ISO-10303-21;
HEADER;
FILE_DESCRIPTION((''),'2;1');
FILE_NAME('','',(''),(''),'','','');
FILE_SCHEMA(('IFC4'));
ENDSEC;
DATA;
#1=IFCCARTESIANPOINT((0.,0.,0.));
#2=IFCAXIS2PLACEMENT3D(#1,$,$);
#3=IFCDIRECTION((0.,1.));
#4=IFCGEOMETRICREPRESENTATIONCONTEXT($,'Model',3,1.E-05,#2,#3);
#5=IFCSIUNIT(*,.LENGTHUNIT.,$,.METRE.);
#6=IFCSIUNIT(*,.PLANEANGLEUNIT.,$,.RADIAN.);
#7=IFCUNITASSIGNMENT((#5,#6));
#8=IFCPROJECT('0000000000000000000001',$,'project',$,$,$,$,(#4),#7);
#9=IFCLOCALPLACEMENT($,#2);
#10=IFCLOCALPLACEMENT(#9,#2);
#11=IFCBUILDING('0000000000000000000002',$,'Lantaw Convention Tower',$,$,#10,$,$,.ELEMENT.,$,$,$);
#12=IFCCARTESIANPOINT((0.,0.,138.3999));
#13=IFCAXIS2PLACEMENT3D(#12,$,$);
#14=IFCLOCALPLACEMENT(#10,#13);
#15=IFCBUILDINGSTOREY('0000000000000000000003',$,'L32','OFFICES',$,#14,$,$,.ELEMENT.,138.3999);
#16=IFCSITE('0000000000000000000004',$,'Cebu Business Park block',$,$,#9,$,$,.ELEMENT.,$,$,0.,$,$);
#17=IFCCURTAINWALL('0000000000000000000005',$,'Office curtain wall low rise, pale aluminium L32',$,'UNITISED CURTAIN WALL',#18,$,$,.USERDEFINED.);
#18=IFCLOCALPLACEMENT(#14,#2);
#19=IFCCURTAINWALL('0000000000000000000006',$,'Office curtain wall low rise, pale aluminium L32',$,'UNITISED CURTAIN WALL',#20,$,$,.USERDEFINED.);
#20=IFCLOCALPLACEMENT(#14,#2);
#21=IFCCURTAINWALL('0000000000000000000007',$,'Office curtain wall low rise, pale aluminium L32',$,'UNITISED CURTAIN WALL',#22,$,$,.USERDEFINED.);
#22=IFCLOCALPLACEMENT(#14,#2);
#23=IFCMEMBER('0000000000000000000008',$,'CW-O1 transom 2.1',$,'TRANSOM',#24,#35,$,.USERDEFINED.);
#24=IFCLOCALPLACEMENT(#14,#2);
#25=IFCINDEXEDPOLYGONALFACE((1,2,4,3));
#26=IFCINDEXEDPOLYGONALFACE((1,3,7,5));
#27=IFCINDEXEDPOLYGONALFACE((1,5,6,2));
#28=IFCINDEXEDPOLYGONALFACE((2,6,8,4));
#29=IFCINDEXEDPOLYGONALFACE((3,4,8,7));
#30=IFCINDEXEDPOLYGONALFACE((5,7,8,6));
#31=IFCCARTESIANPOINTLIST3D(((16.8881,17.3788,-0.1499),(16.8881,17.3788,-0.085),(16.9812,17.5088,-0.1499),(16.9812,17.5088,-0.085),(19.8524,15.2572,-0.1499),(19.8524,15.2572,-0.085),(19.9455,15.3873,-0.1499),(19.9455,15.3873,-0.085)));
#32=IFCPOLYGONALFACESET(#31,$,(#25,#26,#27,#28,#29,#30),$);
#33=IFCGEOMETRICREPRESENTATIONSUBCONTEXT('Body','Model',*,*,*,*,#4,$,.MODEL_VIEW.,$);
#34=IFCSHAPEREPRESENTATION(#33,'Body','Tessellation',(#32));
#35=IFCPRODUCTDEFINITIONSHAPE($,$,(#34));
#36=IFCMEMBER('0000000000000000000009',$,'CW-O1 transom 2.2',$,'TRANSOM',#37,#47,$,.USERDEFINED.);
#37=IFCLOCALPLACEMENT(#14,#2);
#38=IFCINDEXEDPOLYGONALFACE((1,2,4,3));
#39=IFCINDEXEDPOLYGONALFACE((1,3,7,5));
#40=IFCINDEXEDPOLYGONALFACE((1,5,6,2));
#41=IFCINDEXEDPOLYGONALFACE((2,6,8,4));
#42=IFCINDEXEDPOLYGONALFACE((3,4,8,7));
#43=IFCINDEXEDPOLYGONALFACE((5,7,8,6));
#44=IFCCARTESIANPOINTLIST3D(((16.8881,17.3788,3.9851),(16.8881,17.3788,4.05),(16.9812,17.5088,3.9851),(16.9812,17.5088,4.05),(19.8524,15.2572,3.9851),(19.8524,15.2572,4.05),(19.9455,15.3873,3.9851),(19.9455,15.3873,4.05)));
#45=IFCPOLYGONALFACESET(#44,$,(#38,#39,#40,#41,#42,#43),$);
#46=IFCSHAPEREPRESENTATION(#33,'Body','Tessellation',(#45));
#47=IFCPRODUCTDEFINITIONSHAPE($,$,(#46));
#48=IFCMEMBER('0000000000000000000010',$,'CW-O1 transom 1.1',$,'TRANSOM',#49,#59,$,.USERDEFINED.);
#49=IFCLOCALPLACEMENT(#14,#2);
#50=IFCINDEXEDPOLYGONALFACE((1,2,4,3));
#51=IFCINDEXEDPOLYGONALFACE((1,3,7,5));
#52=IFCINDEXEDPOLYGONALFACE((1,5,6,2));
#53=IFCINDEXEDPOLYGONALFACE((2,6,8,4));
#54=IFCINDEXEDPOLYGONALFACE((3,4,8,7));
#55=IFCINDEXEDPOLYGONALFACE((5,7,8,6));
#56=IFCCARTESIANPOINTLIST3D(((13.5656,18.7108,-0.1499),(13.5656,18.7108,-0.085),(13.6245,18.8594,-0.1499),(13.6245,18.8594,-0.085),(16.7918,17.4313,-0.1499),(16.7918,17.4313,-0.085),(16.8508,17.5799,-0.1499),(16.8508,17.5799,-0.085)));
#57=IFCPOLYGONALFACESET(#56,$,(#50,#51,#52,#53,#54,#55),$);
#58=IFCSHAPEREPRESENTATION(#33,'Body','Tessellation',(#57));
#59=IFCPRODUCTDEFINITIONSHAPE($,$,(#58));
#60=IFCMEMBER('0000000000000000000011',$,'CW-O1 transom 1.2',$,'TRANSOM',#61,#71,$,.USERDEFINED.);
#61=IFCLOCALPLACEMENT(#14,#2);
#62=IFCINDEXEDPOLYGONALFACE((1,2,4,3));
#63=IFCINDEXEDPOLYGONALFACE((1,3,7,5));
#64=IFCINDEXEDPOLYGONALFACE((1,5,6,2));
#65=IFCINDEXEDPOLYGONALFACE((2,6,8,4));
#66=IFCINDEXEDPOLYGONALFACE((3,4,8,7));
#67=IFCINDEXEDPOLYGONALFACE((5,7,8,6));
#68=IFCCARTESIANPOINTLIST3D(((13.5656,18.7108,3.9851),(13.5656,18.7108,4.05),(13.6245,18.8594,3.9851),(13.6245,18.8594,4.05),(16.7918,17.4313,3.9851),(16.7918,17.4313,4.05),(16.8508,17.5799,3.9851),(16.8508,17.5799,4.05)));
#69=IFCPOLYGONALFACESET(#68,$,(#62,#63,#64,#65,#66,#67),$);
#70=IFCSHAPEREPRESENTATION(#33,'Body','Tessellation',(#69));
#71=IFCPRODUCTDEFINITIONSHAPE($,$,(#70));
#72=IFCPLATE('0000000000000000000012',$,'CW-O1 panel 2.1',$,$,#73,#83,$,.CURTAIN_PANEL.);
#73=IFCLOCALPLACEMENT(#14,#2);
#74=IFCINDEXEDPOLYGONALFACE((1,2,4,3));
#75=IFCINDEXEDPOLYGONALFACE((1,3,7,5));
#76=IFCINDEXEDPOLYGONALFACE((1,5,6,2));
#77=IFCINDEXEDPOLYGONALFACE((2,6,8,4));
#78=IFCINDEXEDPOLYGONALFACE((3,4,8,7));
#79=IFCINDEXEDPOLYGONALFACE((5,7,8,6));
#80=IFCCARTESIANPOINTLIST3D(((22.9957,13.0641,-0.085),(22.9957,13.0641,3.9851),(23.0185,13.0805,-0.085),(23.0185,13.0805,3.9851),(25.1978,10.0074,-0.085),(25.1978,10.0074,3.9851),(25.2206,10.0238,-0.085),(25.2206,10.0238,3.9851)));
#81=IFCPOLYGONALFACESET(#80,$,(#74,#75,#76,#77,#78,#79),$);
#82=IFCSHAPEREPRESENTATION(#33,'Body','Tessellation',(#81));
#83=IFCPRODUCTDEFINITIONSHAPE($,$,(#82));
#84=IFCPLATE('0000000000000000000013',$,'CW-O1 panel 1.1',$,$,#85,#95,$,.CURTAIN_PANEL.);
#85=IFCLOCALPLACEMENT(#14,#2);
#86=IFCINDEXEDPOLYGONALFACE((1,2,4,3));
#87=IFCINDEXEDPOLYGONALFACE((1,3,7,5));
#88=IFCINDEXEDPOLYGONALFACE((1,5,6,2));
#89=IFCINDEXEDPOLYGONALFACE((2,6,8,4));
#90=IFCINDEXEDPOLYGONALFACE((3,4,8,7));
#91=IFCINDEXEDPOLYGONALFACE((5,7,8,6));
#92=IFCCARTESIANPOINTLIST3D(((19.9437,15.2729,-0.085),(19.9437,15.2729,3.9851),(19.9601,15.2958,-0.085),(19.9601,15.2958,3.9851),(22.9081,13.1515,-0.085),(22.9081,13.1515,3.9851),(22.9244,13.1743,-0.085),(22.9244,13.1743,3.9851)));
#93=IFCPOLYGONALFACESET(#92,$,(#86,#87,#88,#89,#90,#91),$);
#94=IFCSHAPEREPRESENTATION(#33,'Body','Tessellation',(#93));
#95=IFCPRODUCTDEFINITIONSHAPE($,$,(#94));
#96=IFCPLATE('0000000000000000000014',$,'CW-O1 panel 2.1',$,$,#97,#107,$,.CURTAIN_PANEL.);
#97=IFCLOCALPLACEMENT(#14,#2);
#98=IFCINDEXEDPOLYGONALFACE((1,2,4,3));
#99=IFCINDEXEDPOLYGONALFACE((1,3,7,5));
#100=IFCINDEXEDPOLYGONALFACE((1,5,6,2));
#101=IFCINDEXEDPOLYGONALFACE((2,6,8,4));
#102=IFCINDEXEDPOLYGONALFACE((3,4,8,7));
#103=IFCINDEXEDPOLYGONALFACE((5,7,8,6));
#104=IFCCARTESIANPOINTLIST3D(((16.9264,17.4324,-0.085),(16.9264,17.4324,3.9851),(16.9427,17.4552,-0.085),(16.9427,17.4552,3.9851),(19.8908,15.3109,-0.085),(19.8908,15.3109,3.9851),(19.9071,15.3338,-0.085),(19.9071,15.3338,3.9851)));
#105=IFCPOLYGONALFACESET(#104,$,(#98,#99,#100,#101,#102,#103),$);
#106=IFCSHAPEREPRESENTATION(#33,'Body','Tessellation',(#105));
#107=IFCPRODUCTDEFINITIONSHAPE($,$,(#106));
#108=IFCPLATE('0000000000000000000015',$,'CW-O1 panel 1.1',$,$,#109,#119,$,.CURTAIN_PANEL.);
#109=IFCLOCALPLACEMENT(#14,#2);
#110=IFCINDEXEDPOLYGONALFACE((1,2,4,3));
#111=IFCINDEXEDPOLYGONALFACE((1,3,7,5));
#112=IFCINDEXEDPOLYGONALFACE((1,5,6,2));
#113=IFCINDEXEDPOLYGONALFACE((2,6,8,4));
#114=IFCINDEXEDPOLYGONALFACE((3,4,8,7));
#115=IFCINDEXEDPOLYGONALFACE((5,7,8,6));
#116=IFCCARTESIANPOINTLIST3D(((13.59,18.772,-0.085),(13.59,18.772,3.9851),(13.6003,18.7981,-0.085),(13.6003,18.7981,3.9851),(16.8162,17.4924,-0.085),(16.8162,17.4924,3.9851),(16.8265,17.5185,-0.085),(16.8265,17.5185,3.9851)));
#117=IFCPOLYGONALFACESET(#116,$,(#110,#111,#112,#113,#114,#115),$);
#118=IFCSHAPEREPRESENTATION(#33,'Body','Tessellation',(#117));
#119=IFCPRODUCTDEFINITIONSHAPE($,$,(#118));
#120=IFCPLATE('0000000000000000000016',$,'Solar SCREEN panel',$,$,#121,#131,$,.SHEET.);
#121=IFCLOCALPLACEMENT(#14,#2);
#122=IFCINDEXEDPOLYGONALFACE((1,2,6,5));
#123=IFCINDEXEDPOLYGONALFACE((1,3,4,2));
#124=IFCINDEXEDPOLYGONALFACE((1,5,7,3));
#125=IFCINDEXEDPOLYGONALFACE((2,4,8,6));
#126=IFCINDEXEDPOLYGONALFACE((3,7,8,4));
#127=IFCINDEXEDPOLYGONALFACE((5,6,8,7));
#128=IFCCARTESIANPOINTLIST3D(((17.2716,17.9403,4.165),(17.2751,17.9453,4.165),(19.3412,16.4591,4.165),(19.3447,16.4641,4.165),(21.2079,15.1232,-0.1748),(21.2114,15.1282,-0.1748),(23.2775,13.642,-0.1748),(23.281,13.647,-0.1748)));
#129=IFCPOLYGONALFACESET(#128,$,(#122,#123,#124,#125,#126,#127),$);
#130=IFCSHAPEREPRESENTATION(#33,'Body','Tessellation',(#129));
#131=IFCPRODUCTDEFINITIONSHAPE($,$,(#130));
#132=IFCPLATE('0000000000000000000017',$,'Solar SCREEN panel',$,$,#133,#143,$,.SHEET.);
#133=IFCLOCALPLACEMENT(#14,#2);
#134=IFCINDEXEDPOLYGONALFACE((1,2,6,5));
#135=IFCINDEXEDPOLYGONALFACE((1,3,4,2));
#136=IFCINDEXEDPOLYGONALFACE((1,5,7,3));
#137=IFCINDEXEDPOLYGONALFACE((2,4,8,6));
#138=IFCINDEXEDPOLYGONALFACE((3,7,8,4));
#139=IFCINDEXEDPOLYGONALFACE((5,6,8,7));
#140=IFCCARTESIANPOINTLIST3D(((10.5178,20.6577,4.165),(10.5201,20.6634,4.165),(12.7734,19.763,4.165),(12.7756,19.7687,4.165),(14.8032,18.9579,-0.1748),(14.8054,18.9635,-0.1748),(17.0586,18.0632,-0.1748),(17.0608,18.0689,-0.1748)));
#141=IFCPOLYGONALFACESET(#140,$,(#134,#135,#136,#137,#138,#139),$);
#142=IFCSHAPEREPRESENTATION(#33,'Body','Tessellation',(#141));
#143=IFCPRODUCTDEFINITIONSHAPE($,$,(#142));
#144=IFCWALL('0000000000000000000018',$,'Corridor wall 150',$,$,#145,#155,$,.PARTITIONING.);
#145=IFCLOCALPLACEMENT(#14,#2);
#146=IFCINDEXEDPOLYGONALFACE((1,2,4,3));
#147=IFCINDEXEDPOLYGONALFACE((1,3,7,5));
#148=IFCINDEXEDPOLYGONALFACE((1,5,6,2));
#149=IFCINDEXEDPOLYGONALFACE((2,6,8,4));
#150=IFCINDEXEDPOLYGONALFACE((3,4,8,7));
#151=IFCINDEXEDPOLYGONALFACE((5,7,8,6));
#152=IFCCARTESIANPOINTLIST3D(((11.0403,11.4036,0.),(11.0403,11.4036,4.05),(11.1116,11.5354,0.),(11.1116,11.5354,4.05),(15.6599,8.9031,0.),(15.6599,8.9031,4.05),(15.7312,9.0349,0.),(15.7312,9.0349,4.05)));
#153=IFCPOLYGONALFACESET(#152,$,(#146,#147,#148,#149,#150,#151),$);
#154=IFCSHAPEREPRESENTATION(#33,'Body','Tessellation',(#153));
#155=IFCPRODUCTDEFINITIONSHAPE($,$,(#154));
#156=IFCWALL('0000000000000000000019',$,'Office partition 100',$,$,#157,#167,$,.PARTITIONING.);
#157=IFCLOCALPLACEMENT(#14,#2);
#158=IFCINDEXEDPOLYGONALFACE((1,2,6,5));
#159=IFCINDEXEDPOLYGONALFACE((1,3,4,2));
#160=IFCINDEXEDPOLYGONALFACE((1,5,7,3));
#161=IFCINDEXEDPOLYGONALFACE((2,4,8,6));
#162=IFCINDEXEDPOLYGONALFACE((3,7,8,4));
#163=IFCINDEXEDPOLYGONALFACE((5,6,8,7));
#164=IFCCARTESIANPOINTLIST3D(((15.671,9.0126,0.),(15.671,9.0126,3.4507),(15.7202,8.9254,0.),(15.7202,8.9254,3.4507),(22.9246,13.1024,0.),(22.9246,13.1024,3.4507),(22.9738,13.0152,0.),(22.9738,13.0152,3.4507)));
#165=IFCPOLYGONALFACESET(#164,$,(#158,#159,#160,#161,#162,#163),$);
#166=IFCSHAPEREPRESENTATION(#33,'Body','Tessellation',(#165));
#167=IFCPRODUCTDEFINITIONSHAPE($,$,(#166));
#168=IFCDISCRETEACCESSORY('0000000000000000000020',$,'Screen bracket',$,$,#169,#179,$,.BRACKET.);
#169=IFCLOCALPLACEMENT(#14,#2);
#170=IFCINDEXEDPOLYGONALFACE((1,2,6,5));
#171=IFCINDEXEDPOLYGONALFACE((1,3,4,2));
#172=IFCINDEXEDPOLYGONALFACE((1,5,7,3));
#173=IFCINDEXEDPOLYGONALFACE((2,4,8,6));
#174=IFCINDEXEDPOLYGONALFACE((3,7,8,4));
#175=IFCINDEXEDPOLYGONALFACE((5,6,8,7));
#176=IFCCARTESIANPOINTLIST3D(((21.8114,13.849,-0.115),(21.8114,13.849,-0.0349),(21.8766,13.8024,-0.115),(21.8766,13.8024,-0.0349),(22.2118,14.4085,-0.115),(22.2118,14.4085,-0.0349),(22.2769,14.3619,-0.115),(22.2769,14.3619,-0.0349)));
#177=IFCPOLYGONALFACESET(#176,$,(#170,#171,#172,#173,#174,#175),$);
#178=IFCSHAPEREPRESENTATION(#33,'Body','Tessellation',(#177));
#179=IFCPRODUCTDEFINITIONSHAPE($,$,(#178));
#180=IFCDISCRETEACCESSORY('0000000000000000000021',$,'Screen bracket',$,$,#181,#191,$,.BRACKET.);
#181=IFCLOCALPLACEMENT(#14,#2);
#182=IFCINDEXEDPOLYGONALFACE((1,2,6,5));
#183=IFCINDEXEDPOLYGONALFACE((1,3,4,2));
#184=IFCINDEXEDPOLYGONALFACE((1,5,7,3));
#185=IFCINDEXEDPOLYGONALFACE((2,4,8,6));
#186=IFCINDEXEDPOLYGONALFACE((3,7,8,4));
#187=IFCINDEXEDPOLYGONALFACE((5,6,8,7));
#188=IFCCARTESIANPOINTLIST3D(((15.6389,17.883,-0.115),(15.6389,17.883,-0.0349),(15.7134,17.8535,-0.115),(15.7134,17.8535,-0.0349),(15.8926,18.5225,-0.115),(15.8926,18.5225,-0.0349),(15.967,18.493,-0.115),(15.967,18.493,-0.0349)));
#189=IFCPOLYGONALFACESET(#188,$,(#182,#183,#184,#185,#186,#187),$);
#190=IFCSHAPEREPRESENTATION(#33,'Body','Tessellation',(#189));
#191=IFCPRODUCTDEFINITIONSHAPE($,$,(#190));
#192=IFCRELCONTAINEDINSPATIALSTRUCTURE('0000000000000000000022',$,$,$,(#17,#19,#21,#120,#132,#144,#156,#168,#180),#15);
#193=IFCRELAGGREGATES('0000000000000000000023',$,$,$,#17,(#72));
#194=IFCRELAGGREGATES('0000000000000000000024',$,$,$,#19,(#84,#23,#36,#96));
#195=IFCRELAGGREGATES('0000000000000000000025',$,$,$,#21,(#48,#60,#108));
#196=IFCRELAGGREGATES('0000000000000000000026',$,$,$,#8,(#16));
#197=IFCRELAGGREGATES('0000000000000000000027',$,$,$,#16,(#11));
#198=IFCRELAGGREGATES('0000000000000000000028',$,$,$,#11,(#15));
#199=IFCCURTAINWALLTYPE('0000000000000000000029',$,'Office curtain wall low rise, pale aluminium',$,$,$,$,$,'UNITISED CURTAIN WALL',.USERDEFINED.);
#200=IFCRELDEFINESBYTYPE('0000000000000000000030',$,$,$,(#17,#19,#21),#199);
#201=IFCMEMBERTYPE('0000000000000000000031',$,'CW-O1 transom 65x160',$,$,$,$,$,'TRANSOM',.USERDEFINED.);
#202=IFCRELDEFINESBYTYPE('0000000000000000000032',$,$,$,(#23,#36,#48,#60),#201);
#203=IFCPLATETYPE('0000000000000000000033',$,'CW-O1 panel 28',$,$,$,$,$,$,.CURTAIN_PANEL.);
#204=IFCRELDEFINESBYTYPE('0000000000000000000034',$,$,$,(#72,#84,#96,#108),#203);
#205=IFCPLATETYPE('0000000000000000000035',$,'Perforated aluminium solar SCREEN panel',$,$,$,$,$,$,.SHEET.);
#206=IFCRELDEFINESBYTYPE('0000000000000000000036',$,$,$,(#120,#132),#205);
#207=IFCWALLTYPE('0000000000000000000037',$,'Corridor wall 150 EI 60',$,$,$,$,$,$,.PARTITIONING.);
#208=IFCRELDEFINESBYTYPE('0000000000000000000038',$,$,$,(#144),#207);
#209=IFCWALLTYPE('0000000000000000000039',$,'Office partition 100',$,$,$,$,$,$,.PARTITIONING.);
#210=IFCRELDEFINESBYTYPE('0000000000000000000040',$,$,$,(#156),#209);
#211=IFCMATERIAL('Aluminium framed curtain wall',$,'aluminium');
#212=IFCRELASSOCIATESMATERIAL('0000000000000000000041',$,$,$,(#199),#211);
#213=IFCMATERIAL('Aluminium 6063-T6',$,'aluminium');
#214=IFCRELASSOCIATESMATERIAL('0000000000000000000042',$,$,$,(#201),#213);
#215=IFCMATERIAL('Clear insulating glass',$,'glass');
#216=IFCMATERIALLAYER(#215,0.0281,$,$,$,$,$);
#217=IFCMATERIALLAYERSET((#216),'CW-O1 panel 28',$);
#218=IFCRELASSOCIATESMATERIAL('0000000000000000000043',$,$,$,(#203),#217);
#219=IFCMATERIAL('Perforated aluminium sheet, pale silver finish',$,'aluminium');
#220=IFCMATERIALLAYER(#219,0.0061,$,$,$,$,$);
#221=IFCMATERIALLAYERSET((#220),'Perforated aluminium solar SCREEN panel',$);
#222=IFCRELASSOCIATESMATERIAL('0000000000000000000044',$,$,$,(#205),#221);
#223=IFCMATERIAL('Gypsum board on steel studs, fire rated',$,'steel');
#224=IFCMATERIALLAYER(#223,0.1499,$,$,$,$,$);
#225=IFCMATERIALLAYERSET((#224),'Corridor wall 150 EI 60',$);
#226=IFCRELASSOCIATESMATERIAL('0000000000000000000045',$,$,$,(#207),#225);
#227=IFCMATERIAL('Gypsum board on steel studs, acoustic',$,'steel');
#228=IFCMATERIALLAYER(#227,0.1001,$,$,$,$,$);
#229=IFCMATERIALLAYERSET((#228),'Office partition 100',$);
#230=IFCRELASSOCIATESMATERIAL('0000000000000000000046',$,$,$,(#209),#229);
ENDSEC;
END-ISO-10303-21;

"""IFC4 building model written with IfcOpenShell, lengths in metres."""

from ifc_helpers import new_model, si_unit, direction, frame, frame_2d, origin, origin_2d, place, context, subcontext, project, spatial, polyline, rectangle, outline, extrude, material, layer, layer_set, material_profile, profile_set, type_object, element, aggregate, save


model = new_model("IFC4")

# Units and contexts
model_context = context("Model", 3, precision=1e-05, world=origin(), true_north=direction((0.0, 1.0)))
body_context = subcontext(model_context, "Body", "Model", "MODEL_VIEW")
ifc_project = project(units=[si_unit("LENGTHUNIT", "METRE"), si_unit("PLANEANGLEUNIT", "RADIAN")], contexts=[model_context])

# Site, building, storey
site_placement = place(None, origin())
site = spatial("IfcSite", under=ifc_project, at=site_placement, Name="Cebu Business Park block", CompositionType="ELEMENT", RefElevation=0.0)
building_placement = place(site_placement, origin())
building = spatial("IfcBuilding", under=site, at=building_placement, Name="Lantaw Convention Tower", CompositionType="ELEMENT")
storey_placement = place(building_placement, frame((0.0, 0.0, 138.3999)))
storey = spatial("IfcBuildingStorey", under=building, at=storey_placement, Name="L32", Description="OFFICES", CompositionType="ELEMENT", Elevation=138.3999)

# Curtain walls
ifc_material_1 = material(Name="Aluminium framed curtain wall", Category="aluminium")
curtain_wall_type = type_object("IfcCurtainWallType", Name="Office curtain wall low rise, pale aluminium", ElementType="UNITISED CURTAIN WALL", PredefinedType="USERDEFINED", material=ifc_material_1)
curtain_wall_1_placement = place(storey_placement, origin())
curtain_wall_1 = element("IfcCurtainWall", 1, at=curtain_wall_1_placement, inside=storey, type_object=curtain_wall_type, Name="Office curtain wall low rise, pale aluminium L32", ObjectType="UNITISED CURTAIN WALL", PredefinedType="USERDEFINED")
ifc_material_2 = material(Name="Aluminium 6063-T6", Category="aluminium")
curtain_wall_2_placement = place(storey_placement, origin())
curtain_wall_2 = element("IfcCurtainWall", 2, at=curtain_wall_2_placement, inside=storey, type_object=curtain_wall_type, Name="Office curtain wall low rise, pale aluminium L32", ObjectType="UNITISED CURTAIN WALL", PredefinedType="USERDEFINED")
curtain_wall_3_placement = place(storey_placement, origin())
curtain_wall_3 = element("IfcCurtainWall", 3, at=curtain_wall_3_placement, inside=storey, type_object=curtain_wall_type, Name="Office curtain wall low rise, pale aluminium L32", ObjectType="UNITISED CURTAIN WALL", PredefinedType="USERDEFINED")

# Members
ifc_material_profile_1 = material_profile(ifc_material_2, rectangle(XDim=0.1599, YDim=0.0649, at=origin_2d()), Name="CW-O1 transom 65x160")
ifc_profile_set_1 = profile_set([ifc_material_profile_1], Name="Aluminium 6063-T6")
member_type_1 = type_object("IfcMemberType", Name="CW-O1 transom 65x160", ElementType="TRANSOM", PredefinedType="USERDEFINED", material=ifc_profile_set_1)
member_1_placement = place(storey_placement, frame((19.8989, 15.3223, -0.1174), z_axis=(-0.81319, 0.581998, 0.0), x_axis=(-0.581998, -0.81319, 0.0)))
member_1 = element("IfcMember", 4, at=member_1_placement, type_object=member_type_1, Name="CW-O1 transom 2.1", ObjectType="TRANSOM", PredefinedType="USERDEFINED", context=body_context, shape_type="SweptSolid", body=[
    extrude(rectangle(XDim=0.1599, YDim=0.0649, at=origin_2d()), origin(), (0.0, 0.0, 1.0), 3.6453),
])
member_2_placement = place(storey_placement, frame((19.8989, 15.3223, 4.0176), z_axis=(-0.81319, 0.581998, 0.0), x_axis=(-0.581998, -0.81319, 0.0)))
member_2 = element("IfcMember", 5, at=member_2_placement, type_object=member_type_1, Name="CW-O1 transom 2.2", ObjectType="TRANSOM", PredefinedType="USERDEFINED", context=body_context, shape_type="SweptSolid", body=[
    extrude(rectangle(XDim=0.1599, YDim=0.0649, at=origin_2d()), origin(), (0.0, 0.0, 1.0), 3.6453),
])
member_3_placement = place(storey_placement, frame((16.8213, 17.5056, -0.1174), z_axis=(-0.929564, 0.36866, 0.0), x_axis=(-0.36866, -0.929564, 0.0)))
member_3 = element("IfcMember", 6, at=member_3_placement, type_object=member_type_1, Name="CW-O1 transom 1.1", ObjectType="TRANSOM", PredefinedType="USERDEFINED", context=body_context, shape_type="SweptSolid", body=[
    extrude(rectangle(XDim=0.1599, YDim=0.0649, at=origin_2d()), origin(), (0.0, 0.0, 1.0), 3.4707),
])
member_4_placement = place(storey_placement, frame((16.8213, 17.5056, 4.0176), z_axis=(-0.929564, 0.36866, 0.0), x_axis=(-0.36866, -0.929564, 0.0)))
member_4 = element("IfcMember", 7, at=member_4_placement, type_object=member_type_1, Name="CW-O1 transom 1.2", ObjectType="TRANSOM", PredefinedType="USERDEFINED", context=body_context, shape_type="SweptSolid", body=[
    extrude(rectangle(XDim=0.1599, YDim=0.0649, at=origin_2d()), origin(), (0.0, 0.0, 1.0), 3.4707),
])

# Plates
ifc_material_3 = material(Name="Clear insulating glass", Category="glass")
ifc_layer_1 = layer(ifc_material_3, 0.0281)
ifc_layer_set_1 = layer_set([ifc_layer_1], Name="CW-O1 panel 28")
plate_type_1 = type_object("IfcPlateType", Name="CW-O1 panel 28", PredefinedType="CURTAIN_PANEL", material=ifc_layer_set_1)
plate_1_placement = place(storey_placement, frame((24.1082, 11.5439, -0.085), z_axis=(0.0, 0.0, 1.0), x_axis=(-0.584513, 0.811385, 0.0)))
plate_1 = element("IfcPlate", 8, at=plate_1_placement, type_object=plate_type_1, Name="CW-O1 panel 2.1", PredefinedType="CURTAIN_PANEL", context=body_context, shape_type="SweptSolid", body=[
    extrude(rectangle(XDim=3.7673, YDim=0.0281, at=origin_2d()), origin(), (0.0, 0.0, 1.0), 4.0701),
])
aggregate(curtain_wall_1, [plate_1])
plate_2_placement = place(storey_placement, frame((21.4341, 14.2236, -0.085), z_axis=(0.0, 0.0, 1.0), x_axis=(-0.813208, 0.581973, 0.0)))
plate_2 = element("IfcPlate", 9, at=plate_2_placement, type_object=plate_type_1, Name="CW-O1 panel 1.1", PredefinedType="CURTAIN_PANEL", context=body_context, shape_type="SweptSolid", body=[
    extrude(rectangle(XDim=3.6453, YDim=0.0281, at=origin_2d()), origin(), (0.0, 0.0, 1.0), 4.0701),
])
plate_3_placement = place(storey_placement, frame((18.4167, 16.3831, -0.085), z_axis=(0.0, 0.0, 1.0), x_axis=(-0.813208, 0.581973, 0.0)))
plate_3 = element("IfcPlate", 10, at=plate_3_placement, type_object=plate_type_1, Name="CW-O1 panel 2.1", PredefinedType="CURTAIN_PANEL", context=body_context, shape_type="SweptSolid", body=[
    extrude(rectangle(XDim=3.6453, YDim=0.0281, at=origin_2d()), origin(), (0.0, 0.0, 1.0), 4.0701),
])
aggregate(curtain_wall_2, [plate_2, member_1, member_2, plate_3])
plate_4_placement = place(storey_placement, frame((15.2083, 18.1453, -0.085), z_axis=(0.0, 0.0, 1.0), x_axis=(-0.929548, 0.368702, 0.0)))
plate_4 = element("IfcPlate", 11, at=plate_4_placement, type_object=plate_type_1, Name="CW-O1 panel 1.1", PredefinedType="CURTAIN_PANEL", context=body_context, shape_type="SweptSolid", body=[
    extrude(rectangle(XDim=3.4707, YDim=0.0281, at=origin_2d()), origin(), (0.0, 0.0, 1.0), 4.0701),
])
aggregate(curtain_wall_3, [member_3, member_4, plate_4])

# Plates
ifc_material_4 = material(Name="Perforated aluminium sheet, pale silver finish", Category="aluminium")
ifc_layer_2 = layer(ifc_material_4, 0.0061)
ifc_layer_set_2 = layer_set([ifc_layer_2], Name="Perforated aluminium solar SCREEN panel")
plate_type_2 = type_object("IfcPlateType", Name="Perforated aluminium solar SCREEN panel", PredefinedType="SHEET", material=ifc_layer_set_2)
plate_5_placement = place(storey_placement, frame((23.281, 13.647, -0.1748), z_axis=(0.582, 0.813189, 0.000012), x_axis=(-0.813189, 0.582, 0.0)))
element("IfcPlate", 12, at=plate_5_placement, inside=storey, type_object=plate_type_2, Name="Solar SCREEN panel", PredefinedType="SHEET", context=body_context, shape_type="SweptSolid", body=[
    extrude(outline(polyline([(0.0, 0.0), (2.545, 0.0), (7.3855, 4.3398), (4.8405, 4.3398), (0.0, 0.0)])), origin(), (0.0, 0.0, -1.0), 0.0061),
])
plate_6_placement = place(storey_placement, frame((17.0586, 18.0632, -0.1748), z_axis=(-0.368709, -0.929545, 0.000011), x_axis=(-0.929545, 0.368709, 0.0)))
element("IfcPlate", 13, at=plate_6_placement, inside=storey, type_object=plate_type_2, Name="Solar SCREEN panel", PredefinedType="SHEET", context=body_context, shape_type="SweptSolid", body=[
    extrude(outline(polyline([(0.0, 0.0), (2.4264, 0.0), (7.0365, -4.3398), (4.61, -4.3398), (0.0, 0.0)])), origin(), (0.0, 0.0, -1.0), 0.0061),
])

# Walls
ifc_material_5 = material(Name="Gypsum board on steel studs, fire rated", Category="steel")
ifc_layer_3 = layer(ifc_material_5, 0.1499)
ifc_layer_set_3 = layer_set([ifc_layer_3], Name="Corridor wall 150 EI 60")
wall_type_1 = type_object("IfcWallType", Name="Corridor wall 150 EI 60", PredefinedType="PARTITIONING", material=ifc_layer_set_3)
wall_1_placement = place(storey_placement, frame((15.6956, 8.969, 0.0), z_axis=(0.0, 0.0, 1.0), x_axis=(-0.879436, 0.476017, 0.0)))
element("IfcWall", 14, at=wall_1_placement, inside=storey, type_object=wall_type_1, Name="Corridor wall 150", PredefinedType="PARTITIONING", context=body_context, shape_type="SweptSolid", body=[
    extrude(rectangle(XDim=5.2529, YDim=0.1499, at=frame_2d((2.6265, 0.0))), origin(), (0.0, 0.0, 1.0), 4.05),
])
ifc_material_6 = material(Name="Gypsum board on steel studs, acoustic", Category="steel")
ifc_layer_4 = layer(ifc_material_6, 0.1001)
ifc_layer_set_4 = layer_set([ifc_layer_4], Name="Office partition 100")
wall_type_2 = type_object("IfcWallType", Name="Office partition 100", PredefinedType="PARTITIONING", material=ifc_layer_set_4)
wall_2_placement = place(storey_placement, frame((22.9492, 13.0588, 0.0), z_axis=(0.0, 0.0, 1.0), x_axis=(-0.871079, -0.491142, 0.0)))
element("IfcWall", 15, at=wall_2_placement, inside=storey, type_object=wall_type_2, Name="Office partition 100", PredefinedType="PARTITIONING", context=body_context, shape_type="SweptSolid", body=[
    extrude(rectangle(XDim=8.3271, YDim=0.1001, at=frame_2d((4.1636, 0.0))), origin(), (0.0, 0.0, 1.0), 3.4507),
])

# Discrete accessories
for number, where, z_axis, x_axis, name in (
    (16, (22.0442, 14.1055, -0.115), (0.0, 0.0, 1.0), (-0.813208, 0.581973, 0.0), "Screen bracket"),
    (17, (15.803, 18.188, -0.115), (0.0, 0.0, 1.0), (-0.929548, 0.368702, 0.0), "Screen bracket"),
):
    element("IfcDiscreteAccessory", number, at=place(storey_placement, frame(where, z_axis=z_axis, x_axis=x_axis)), inside=storey, Name=name, PredefinedType="BRACKET", context=body_context, shape_type="SweptSolid", body=[
        extrude(rectangle(XDim=0.0801, YDim=0.688, at=origin_2d()), origin(), (0.0, 0.0, 1.0), 0.0801),
    ])

save(model, "model.ifc")
